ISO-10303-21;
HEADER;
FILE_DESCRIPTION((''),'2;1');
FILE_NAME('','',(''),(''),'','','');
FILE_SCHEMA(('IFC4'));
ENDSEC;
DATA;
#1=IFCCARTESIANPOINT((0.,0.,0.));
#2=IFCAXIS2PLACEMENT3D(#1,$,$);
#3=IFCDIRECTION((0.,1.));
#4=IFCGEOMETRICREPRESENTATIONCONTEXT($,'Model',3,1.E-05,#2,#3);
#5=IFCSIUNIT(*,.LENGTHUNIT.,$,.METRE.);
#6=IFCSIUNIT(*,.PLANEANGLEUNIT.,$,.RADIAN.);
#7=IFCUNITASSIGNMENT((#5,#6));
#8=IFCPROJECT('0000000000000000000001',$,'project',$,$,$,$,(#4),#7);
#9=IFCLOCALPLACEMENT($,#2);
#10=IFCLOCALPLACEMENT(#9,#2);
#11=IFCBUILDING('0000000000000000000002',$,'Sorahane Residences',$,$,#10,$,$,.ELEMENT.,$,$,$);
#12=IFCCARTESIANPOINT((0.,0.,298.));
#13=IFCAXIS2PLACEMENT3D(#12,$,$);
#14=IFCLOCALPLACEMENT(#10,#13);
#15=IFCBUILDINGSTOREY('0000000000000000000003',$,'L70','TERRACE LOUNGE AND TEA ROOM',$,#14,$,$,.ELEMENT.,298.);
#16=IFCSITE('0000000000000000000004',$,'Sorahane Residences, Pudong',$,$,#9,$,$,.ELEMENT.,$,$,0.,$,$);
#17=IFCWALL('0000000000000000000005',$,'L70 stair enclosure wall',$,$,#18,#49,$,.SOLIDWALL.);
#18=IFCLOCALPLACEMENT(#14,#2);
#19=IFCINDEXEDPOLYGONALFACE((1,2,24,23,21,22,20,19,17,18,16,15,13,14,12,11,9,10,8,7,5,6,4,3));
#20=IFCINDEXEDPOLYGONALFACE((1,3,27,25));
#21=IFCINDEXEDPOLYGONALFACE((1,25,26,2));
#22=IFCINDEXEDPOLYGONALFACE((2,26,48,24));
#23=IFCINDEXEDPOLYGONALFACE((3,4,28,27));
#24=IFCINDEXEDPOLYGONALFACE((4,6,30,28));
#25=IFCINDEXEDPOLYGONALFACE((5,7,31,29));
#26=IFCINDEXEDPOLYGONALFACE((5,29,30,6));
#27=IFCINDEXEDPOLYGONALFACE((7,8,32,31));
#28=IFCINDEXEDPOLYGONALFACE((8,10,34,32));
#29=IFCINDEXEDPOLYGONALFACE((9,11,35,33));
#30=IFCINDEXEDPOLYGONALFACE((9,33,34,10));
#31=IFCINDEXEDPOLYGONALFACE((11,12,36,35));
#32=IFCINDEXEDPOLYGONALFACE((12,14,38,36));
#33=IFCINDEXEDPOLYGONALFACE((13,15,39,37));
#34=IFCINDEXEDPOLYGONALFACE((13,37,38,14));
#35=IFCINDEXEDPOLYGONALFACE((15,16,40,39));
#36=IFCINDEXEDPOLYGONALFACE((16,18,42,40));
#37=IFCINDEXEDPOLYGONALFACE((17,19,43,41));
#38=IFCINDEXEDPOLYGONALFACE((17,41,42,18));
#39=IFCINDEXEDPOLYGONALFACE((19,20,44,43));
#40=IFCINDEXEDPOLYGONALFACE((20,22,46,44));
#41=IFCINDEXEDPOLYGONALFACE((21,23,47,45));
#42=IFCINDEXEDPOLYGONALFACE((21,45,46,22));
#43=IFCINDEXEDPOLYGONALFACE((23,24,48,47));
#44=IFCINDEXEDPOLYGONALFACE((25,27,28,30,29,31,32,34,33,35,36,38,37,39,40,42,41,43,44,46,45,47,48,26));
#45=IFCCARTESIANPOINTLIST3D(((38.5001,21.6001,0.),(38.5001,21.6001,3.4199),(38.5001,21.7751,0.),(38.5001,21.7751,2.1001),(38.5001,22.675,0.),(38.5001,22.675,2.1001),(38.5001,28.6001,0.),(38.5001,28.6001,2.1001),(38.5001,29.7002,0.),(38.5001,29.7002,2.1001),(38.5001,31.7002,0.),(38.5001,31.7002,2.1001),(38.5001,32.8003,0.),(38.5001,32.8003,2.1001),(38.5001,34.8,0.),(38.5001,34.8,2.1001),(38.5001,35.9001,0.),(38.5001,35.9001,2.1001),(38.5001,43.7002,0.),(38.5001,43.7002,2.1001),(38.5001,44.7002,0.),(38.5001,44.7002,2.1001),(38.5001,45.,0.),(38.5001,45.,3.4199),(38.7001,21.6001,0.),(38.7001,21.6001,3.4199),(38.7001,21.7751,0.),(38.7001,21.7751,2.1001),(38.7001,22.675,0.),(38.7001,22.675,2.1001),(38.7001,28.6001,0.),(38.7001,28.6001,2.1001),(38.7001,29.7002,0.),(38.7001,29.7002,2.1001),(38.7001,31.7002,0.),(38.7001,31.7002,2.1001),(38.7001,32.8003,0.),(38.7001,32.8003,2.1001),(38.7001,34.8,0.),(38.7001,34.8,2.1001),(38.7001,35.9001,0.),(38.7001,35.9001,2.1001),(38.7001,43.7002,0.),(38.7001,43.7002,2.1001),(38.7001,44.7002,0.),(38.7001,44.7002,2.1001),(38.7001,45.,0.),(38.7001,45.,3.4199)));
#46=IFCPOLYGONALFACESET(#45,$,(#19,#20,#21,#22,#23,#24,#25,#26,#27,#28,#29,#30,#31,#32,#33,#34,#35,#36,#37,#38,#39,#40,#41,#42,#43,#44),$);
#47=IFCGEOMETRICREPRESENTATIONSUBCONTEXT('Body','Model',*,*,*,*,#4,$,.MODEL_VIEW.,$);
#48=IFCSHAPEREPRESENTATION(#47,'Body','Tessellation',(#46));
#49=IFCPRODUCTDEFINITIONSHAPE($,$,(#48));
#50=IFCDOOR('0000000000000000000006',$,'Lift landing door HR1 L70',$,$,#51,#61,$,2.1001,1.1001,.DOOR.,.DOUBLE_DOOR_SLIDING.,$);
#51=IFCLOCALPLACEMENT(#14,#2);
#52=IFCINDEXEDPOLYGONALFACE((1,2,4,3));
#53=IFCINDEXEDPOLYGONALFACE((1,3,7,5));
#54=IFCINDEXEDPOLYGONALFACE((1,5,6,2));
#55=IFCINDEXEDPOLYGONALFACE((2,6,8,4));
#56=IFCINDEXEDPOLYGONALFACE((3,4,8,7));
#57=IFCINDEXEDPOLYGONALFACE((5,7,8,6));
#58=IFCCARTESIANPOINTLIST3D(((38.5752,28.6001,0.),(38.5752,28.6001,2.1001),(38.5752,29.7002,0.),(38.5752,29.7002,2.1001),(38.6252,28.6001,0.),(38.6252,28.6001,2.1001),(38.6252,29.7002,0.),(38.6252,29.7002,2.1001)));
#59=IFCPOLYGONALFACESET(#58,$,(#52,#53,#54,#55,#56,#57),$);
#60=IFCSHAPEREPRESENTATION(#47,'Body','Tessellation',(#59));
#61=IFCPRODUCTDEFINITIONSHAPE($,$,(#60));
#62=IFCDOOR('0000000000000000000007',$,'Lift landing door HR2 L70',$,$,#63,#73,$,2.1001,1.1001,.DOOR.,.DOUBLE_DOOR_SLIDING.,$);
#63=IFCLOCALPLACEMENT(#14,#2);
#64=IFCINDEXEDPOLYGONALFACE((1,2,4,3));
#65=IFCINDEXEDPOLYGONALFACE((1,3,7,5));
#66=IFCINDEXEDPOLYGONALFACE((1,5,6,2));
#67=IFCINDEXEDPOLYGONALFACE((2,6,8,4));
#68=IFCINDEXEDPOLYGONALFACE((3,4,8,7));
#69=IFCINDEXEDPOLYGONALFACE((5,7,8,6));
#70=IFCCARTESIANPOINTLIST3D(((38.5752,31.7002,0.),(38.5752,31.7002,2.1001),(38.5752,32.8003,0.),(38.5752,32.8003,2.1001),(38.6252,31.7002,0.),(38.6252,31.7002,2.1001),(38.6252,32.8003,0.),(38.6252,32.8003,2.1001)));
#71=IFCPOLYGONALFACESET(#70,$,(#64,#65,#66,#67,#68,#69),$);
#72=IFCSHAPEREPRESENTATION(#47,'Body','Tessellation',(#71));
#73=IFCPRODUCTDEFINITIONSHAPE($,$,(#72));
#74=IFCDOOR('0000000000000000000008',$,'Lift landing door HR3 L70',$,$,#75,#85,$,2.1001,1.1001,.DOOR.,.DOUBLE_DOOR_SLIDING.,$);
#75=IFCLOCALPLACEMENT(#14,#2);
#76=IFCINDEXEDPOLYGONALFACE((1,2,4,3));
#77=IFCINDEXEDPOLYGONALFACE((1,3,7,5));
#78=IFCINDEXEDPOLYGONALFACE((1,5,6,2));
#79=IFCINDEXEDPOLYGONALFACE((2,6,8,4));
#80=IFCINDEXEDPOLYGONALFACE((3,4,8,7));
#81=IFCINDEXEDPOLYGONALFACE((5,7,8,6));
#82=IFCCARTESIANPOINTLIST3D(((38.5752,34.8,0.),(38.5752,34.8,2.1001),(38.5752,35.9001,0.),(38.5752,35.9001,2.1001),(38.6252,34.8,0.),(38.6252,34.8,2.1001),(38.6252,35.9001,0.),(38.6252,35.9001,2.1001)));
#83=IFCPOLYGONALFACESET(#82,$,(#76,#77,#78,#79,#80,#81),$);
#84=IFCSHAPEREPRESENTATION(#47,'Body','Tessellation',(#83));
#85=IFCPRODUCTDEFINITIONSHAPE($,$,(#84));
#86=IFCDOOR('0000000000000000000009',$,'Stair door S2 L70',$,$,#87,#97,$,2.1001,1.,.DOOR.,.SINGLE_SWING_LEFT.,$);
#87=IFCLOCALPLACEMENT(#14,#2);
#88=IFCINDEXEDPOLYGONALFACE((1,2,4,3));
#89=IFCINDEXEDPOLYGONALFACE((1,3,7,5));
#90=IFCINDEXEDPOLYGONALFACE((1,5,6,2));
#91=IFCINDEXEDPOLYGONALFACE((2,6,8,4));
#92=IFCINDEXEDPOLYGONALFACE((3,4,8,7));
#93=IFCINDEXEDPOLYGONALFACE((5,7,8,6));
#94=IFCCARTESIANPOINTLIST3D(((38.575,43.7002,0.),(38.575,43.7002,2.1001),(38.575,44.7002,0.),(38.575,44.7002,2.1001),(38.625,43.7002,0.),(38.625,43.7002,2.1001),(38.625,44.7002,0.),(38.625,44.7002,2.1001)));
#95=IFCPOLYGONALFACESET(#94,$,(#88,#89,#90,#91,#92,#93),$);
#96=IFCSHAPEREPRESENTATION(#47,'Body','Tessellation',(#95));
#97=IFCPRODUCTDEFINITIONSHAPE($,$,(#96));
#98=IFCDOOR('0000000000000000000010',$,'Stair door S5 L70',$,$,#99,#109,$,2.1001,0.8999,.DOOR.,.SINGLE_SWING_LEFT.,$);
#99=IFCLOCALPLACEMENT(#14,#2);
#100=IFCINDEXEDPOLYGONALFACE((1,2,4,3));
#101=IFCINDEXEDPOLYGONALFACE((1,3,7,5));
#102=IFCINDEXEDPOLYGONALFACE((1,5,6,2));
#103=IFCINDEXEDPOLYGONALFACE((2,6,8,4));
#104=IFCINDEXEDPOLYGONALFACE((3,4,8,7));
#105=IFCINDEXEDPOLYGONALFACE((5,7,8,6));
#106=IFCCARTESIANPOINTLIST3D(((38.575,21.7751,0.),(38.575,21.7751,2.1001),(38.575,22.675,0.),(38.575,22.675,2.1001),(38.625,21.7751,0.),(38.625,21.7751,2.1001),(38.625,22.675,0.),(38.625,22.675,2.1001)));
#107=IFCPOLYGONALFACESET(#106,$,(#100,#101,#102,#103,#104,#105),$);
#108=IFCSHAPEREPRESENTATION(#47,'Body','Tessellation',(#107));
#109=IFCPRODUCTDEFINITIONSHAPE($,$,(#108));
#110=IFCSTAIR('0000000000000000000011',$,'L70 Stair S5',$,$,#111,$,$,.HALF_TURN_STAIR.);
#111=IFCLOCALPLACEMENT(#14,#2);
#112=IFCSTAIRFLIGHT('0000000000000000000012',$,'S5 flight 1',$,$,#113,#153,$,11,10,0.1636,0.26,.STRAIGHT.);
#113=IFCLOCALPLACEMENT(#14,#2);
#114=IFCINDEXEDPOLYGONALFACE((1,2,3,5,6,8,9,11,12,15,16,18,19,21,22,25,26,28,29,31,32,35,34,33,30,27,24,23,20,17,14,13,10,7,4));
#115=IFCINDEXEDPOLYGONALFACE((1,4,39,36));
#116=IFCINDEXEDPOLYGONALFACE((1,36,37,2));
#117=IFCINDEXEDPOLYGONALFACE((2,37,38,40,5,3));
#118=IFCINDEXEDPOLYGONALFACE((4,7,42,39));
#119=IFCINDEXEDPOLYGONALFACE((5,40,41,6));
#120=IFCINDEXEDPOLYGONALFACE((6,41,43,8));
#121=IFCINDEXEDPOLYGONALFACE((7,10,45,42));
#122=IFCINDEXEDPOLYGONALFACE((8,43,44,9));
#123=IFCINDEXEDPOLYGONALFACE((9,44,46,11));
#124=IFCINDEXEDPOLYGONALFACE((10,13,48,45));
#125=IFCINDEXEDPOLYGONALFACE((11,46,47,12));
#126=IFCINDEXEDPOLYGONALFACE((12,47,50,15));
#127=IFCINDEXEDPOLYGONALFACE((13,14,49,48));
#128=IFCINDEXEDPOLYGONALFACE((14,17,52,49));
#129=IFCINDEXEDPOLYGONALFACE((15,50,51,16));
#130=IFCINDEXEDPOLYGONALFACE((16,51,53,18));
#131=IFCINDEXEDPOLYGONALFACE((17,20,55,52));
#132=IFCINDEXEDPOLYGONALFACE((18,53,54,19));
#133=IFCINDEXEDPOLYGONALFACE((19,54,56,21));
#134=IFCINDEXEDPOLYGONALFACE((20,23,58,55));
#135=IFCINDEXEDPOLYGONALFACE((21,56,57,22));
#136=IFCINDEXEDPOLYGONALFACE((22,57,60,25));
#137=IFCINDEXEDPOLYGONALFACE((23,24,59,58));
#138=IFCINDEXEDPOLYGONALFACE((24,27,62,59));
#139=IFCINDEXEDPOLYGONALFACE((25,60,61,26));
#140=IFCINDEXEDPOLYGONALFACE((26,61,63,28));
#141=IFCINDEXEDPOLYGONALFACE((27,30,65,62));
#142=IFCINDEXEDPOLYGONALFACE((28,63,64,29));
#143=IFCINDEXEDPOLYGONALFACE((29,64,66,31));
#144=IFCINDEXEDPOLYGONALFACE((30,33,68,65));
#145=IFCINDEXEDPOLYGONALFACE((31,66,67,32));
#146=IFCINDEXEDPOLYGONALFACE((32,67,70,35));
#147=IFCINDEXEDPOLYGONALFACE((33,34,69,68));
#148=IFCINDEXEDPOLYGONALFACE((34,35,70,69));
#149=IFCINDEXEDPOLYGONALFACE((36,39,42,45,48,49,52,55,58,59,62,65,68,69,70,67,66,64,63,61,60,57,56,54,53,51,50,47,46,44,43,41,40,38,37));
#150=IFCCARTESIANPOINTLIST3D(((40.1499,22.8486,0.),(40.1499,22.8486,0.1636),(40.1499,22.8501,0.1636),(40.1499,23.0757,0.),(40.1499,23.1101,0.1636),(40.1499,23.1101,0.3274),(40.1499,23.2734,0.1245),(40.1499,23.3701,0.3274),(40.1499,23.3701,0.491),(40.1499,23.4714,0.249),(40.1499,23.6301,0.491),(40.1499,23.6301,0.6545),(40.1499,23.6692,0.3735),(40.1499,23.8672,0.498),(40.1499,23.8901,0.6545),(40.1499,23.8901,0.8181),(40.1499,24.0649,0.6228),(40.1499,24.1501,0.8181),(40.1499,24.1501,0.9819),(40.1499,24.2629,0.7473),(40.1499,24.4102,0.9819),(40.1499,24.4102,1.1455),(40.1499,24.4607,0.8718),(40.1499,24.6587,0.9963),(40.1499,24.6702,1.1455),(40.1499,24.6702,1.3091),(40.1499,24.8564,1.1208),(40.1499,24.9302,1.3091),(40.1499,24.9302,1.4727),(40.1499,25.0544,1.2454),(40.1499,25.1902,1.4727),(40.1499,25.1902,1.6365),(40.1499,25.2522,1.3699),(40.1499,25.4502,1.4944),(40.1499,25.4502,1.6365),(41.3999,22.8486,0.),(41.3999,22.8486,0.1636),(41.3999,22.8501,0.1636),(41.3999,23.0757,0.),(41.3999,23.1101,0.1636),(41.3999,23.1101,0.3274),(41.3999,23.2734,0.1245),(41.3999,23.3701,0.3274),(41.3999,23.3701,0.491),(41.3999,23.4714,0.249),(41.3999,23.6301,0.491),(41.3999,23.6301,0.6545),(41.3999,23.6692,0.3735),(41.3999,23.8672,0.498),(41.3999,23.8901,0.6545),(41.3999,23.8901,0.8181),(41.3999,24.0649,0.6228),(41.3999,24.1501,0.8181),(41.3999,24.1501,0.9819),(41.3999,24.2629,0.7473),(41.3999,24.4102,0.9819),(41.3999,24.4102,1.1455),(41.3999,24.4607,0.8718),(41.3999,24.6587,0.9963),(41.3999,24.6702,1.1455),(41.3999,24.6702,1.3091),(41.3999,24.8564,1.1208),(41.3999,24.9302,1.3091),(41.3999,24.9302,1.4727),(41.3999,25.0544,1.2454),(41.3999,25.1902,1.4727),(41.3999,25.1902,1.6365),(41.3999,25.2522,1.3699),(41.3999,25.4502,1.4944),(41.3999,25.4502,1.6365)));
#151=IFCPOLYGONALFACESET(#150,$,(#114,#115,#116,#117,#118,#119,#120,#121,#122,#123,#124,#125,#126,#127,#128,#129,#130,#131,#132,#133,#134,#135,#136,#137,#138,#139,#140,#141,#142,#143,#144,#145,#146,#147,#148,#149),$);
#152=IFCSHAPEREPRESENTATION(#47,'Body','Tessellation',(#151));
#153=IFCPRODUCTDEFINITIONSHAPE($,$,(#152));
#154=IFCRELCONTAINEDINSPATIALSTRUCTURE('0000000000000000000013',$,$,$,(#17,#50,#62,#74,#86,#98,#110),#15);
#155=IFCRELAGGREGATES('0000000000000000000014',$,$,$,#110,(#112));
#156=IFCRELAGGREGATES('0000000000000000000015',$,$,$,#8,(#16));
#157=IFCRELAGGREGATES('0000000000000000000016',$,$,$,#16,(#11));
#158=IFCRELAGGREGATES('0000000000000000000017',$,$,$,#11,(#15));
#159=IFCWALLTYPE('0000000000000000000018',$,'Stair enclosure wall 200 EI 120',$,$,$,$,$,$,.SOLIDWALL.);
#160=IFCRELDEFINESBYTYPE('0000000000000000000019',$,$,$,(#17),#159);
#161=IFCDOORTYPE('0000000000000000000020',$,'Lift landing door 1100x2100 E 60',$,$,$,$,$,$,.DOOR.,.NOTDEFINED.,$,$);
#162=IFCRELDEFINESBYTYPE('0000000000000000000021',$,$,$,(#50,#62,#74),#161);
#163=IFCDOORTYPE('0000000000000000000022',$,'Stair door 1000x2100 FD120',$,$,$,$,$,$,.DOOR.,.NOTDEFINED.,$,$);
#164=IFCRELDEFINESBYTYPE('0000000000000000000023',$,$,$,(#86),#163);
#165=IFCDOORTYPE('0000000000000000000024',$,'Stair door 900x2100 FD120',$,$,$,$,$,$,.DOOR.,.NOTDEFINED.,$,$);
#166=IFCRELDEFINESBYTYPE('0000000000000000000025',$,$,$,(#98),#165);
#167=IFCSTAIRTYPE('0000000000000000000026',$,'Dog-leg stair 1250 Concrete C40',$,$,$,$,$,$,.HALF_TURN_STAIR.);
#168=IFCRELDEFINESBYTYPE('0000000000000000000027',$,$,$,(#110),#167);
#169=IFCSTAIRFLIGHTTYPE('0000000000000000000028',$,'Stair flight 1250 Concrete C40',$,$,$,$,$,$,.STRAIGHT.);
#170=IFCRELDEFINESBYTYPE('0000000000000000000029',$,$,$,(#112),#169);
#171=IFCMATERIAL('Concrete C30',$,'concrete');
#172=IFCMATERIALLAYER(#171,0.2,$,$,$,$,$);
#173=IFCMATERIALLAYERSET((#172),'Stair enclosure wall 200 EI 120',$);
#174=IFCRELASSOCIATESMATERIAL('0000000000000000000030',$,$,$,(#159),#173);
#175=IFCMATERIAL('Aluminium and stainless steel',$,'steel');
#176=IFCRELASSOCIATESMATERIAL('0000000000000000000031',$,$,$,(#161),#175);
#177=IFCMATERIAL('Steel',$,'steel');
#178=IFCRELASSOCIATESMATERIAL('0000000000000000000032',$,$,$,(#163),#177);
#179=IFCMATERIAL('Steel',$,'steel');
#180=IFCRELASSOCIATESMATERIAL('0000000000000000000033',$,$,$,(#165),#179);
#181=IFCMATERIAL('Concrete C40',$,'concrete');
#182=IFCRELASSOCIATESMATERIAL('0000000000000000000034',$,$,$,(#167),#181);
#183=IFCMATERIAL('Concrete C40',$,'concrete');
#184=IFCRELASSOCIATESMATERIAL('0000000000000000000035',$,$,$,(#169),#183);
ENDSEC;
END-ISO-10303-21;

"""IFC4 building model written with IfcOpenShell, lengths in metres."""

from ifc_helpers import new_model, si_unit, direction, frame, frame_2d, origin, place, context, subcontext, project, spatial, polyline, rectangle, outline, extrude, material, layer, layer_set, type_object, element, fill, aggregate, save


model = new_model("IFC4")

# Units and contexts
model_context = context("Model", 3, precision=1e-05, world=origin(), true_north=direction((0.0, 1.0)))
body_context = subcontext(model_context, "Body", "Model", "MODEL_VIEW")
ifc_project = project(units=[si_unit("LENGTHUNIT", "METRE"), si_unit("PLANEANGLEUNIT", "RADIAN")], contexts=[model_context])

# Site, building, storey
site_placement = place(None, origin())
site = spatial("IfcSite", under=ifc_project, at=site_placement, Name="Sorahane Residences, Pudong", CompositionType="ELEMENT", RefElevation=0.0)
building_placement = place(site_placement, origin())
building = spatial("IfcBuilding", under=site, at=building_placement, Name="Sorahane Residences", CompositionType="ELEMENT")
storey_placement = place(building_placement, frame((0.0, 0.0, 298.0)))
storey = spatial("IfcBuildingStorey", under=building, at=storey_placement, Name="L70", Description="TERRACE LOUNGE AND TEA ROOM", CompositionType="ELEMENT", Elevation=298.0)

# Wall, openings, doors
ifc_material_1 = material(Name="Concrete C30", Category="concrete")
ifc_layer_1 = layer(ifc_material_1, 0.2)
ifc_layer_set_1 = layer_set([ifc_layer_1], Name="Stair enclosure wall 200 EI 120")
wall_type_1 = type_object("IfcWallType", Name="Stair enclosure wall 200 EI 120", PredefinedType="SOLIDWALL", material=ifc_layer_set_1)
wall_1_placement = place(storey_placement, frame((38.6001, 21.6001, 0.0), z_axis=(0.0, 0.0, 1.0), x_axis=(0.0, 1.0, 0.0)))
wall_1 = element("IfcWall", 1, at=wall_1_placement, inside=storey, type_object=wall_type_1, Name="L70 stair enclosure wall", PredefinedType="SOLIDWALL", context=body_context, shape_type="SweptSolid", body=[
    extrude(rectangle(XDim=23.3999, YDim=0.2, at=frame_2d((11.7, 0.0))), origin(), (0.0, 0.0, 1.0), 3.4199),
])
opening_1_placement = place(wall_1_placement, frame((7.0, 0.0, 0.0)))
opening_1 = element("IfcOpeningElement", 2, at=opening_1_placement, cuts=wall_1, PredefinedType="OPENING", context=body_context, shape_type="SweptSolid", body=[
    extrude(rectangle(XDim=1.1001, YDim=2.1001, at=frame_2d((0.55, 1.05))), frame((0.0, 0.1099, 0.0), z_axis=(0.0, -1.0, 0.0), x_axis=(1.0, 0.0, 0.0)), (0.0, 0.0, 1.0), 0.22),
])
opening_2_placement = place(wall_1_placement, frame((10.1001, 0.0, 0.0)))
opening_2 = element("IfcOpeningElement", 3, at=opening_2_placement, cuts=wall_1, PredefinedType="OPENING", context=body_context, shape_type="SweptSolid", body=[
    extrude(rectangle(XDim=1.1001, YDim=2.1001, at=frame_2d((0.55, 1.05))), frame((0.0, 0.1099, 0.0), z_axis=(0.0, -1.0, 0.0), x_axis=(1.0, 0.0, 0.0)), (0.0, 0.0, 1.0), 0.22),
])
opening_3_placement = place(wall_1_placement, frame((13.2, 0.0, 0.0)))
opening_3 = element("IfcOpeningElement", 4, at=opening_3_placement, cuts=wall_1, PredefinedType="OPENING", context=body_context, shape_type="SweptSolid", body=[
    extrude(rectangle(XDim=1.1001, YDim=2.1001, at=frame_2d((0.55, 1.05))), frame((0.0, 0.1099, 0.0), z_axis=(0.0, -1.0, 0.0), x_axis=(1.0, 0.0, 0.0)), (0.0, 0.0, 1.0), 0.22),
])
opening_4_placement = place(wall_1_placement, frame((22.1001, 0.0, 0.0)))
opening_4 = element("IfcOpeningElement", 5, at=opening_4_placement, cuts=wall_1, PredefinedType="OPENING", context=body_context, shape_type="SweptSolid", body=[
    extrude(rectangle(XDim=1.0, YDim=2.1001, at=frame_2d((0.5, 1.05))), frame((0.0, 0.1099, 0.0), z_axis=(0.0, -1.0, 0.0), x_axis=(1.0, 0.0, 0.0)), (0.0, 0.0, 1.0), 0.22),
])
opening_5_placement = place(wall_1_placement, frame((0.175, 0.0, 0.0)))
opening_5 = element("IfcOpeningElement", 6, at=opening_5_placement, cuts=wall_1, PredefinedType="OPENING", context=body_context, shape_type="SweptSolid", body=[
    extrude(rectangle(XDim=0.8999, YDim=2.1001, at=frame_2d((0.45, 1.05))), frame((0.0, 0.1099, 0.0), z_axis=(0.0, -1.0, 0.0), x_axis=(1.0, 0.0, 0.0)), (0.0, 0.0, 1.0), 0.22),
])
ifc_material_2 = material(Name="Aluminium and stainless steel", Category="steel")
door_type_1 = type_object("IfcDoorType", Name="Lift landing door 1100x2100 E 60", OperationType="NOTDEFINED", PredefinedType="DOOR", material=ifc_material_2)
door_1_placement = place(opening_1_placement, origin())
door_1 = element("IfcDoor", 7, at=door_1_placement, inside=storey, type_object=door_type_1, Name="Lift landing door HR1 L70", OperationType="DOUBLE_DOOR_SLIDING", OverallHeight=2.1001, OverallWidth=1.1001, PredefinedType="DOOR", context=body_context, shape_type="SweptSolid", body=[
    extrude(rectangle(XDim=1.1001, YDim=2.1001, at=frame_2d((0.55, 1.05))), frame((0.0, 0.0249, 0.0), z_axis=(0.0, -1.0, 0.0), x_axis=(1.0, 0.0, 0.0)), (0.0, 0.0, 1.0), 0.05),
])
fill(opening_1, door_1)
door_2_placement = place(opening_2_placement, origin())
door_2 = element("IfcDoor", 8, at=door_2_placement, inside=storey, type_object=door_type_1, Name="Lift landing door HR2 L70", OperationType="DOUBLE_DOOR_SLIDING", OverallHeight=2.1001, OverallWidth=1.1001, PredefinedType="DOOR", context=body_context, shape_type="SweptSolid", body=[
    extrude(rectangle(XDim=1.1001, YDim=2.1001, at=frame_2d((0.55, 1.05))), frame((0.0, 0.0249, 0.0), z_axis=(0.0, -1.0, 0.0), x_axis=(1.0, 0.0, 0.0)), (0.0, 0.0, 1.0), 0.05),
])
fill(opening_2, door_2)
door_3_placement = place(opening_3_placement, origin())
door_3 = element("IfcDoor", 9, at=door_3_placement, inside=storey, type_object=door_type_1, Name="Lift landing door HR3 L70", OperationType="DOUBLE_DOOR_SLIDING", OverallHeight=2.1001, OverallWidth=1.1001, PredefinedType="DOOR", context=body_context, shape_type="SweptSolid", body=[
    extrude(rectangle(XDim=1.1001, YDim=2.1001, at=frame_2d((0.55, 1.05))), frame((0.0, 0.0249, 0.0), z_axis=(0.0, -1.0, 0.0), x_axis=(1.0, 0.0, 0.0)), (0.0, 0.0, 1.0), 0.05),
])
fill(opening_3, door_3)
ifc_material_3 = material(Name="Steel", Category="steel")
door_type_2 = type_object("IfcDoorType", Name="Stair door 1000x2100 FD120", OperationType="NOTDEFINED", PredefinedType="DOOR", material=ifc_material_3)
door_4_placement = place(opening_4_placement, frame((1.0, 0.0, 0.0), z_axis=(0.0, 0.0, 1.0), x_axis=(-1.0, 0.0, 0.0)))
door_4 = element("IfcDoor", 10, at=door_4_placement, inside=storey, type_object=door_type_2, Name="Stair door S2 L70", OperationType="SINGLE_SWING_LEFT", OverallHeight=2.1001, OverallWidth=1.0, PredefinedType="DOOR", context=body_context, shape_type="SweptSolid", body=[
    extrude(rectangle(XDim=1.0, YDim=2.1001, at=frame_2d((0.5, 1.05))), frame((0.0, 0.0249, 0.0), z_axis=(0.0, -1.0, 0.0), x_axis=(1.0, 0.0, 0.0)), (0.0, 0.0, 1.0), 0.05),
])
fill(opening_4, door_4)
ifc_material_4 = material(Name="Steel", Category="steel")
door_type_3 = type_object("IfcDoorType", Name="Stair door 900x2100 FD120", OperationType="NOTDEFINED", PredefinedType="DOOR", material=ifc_material_4)
door_5_placement = place(opening_5_placement, frame((0.8999, 0.0, 0.0), z_axis=(0.0, 0.0, 1.0), x_axis=(-1.0, 0.0, 0.0)))
door_5 = element("IfcDoor", 11, at=door_5_placement, inside=storey, type_object=door_type_3, Name="Stair door S5 L70", OperationType="SINGLE_SWING_LEFT", OverallHeight=2.1001, OverallWidth=0.8999, PredefinedType="DOOR", context=body_context, shape_type="SweptSolid", body=[
    extrude(rectangle(XDim=0.8999, YDim=2.1001, at=frame_2d((0.45, 1.05))), frame((0.0, 0.0249, 0.0), z_axis=(0.0, -1.0, 0.0), x_axis=(1.0, 0.0, 0.0)), (0.0, 0.0, 1.0), 0.05),
])
fill(opening_5, door_5)

# Stair, stair flight
ifc_material_5 = material(Name="Concrete C40", Category="concrete")
stair_type = type_object("IfcStairType", Name="Dog-leg stair 1250 Concrete C40", PredefinedType="HALF_TURN_STAIR", material=ifc_material_5)
stair_placement = place(storey_placement, origin())
stair = element("IfcStair", 12, at=stair_placement, inside=storey, type_object=stair_type, Name="L70 Stair S5", PredefinedType="HALF_TURN_STAIR")
ifc_material_6 = material(Name="Concrete C40", Category="concrete")
stair_flight_type = type_object("IfcStairFlightType", Name="Stair flight 1250 Concrete C40", PredefinedType="STRAIGHT", material=ifc_material_6)
stair_flight_1_placement = place(storey_placement, frame((40.7749, 22.8501, 0.0), z_axis=(0.0, 0.0, 1.0), x_axis=(0.0, 1.0, 0.0)))
stair_flight_1 = element("IfcStairFlight", 13, at=stair_flight_1_placement, type_object=stair_flight_type, Name="S5 flight 1", NumberOfRisers=11, NumberOfTreads=10, PredefinedType="STRAIGHT", RiserHeight=0.1636, TreadLength=0.26, context=body_context, shape_type="SweptSolid", body=[
    extrude(outline(polyline([(-0.0015, 0.0), (-0.0015, 0.1636), (0.0, 0.1636), (0.26, 0.1636), (0.26, 0.3274), (0.52, 0.3274), (0.52, 0.491), (0.78, 0.491), (0.78, 0.6545), (1.04, 0.6545), (1.04, 0.8181), (1.3, 0.8181), (1.3, 0.9819), (1.5601, 0.9819), (1.5601, 1.1455), (1.8201, 1.1455), (1.8201, 1.3091), (2.0801, 1.3091), (2.0801, 1.4727), (2.3401, 1.4727), (2.3401, 1.6365), (2.6001, 1.6365), (2.6001, 1.8), (2.6001, 1.4944), (2.4021, 1.3699), (2.2043, 1.2454), (2.0063, 1.1208), (1.8086, 0.9963), (1.6106, 0.8718), (1.4128, 0.7473), (1.2148, 0.6228), (1.0171, 0.498), (0.8191, 0.3735), (0.6213, 0.249), (0.4233, 0.1245), (0.2256, 0.0), (-0.0015, 0.0)])), frame((0.0, 0.625, 0.0), z_axis=(0.0, -1.0, 0.0), x_axis=(1.0, 0.0, 0.0)), (0.0, 0.0, 1.0), 1.25),
])
aggregate(stair, [stair_flight_1])

save(model, "model.ifc")
